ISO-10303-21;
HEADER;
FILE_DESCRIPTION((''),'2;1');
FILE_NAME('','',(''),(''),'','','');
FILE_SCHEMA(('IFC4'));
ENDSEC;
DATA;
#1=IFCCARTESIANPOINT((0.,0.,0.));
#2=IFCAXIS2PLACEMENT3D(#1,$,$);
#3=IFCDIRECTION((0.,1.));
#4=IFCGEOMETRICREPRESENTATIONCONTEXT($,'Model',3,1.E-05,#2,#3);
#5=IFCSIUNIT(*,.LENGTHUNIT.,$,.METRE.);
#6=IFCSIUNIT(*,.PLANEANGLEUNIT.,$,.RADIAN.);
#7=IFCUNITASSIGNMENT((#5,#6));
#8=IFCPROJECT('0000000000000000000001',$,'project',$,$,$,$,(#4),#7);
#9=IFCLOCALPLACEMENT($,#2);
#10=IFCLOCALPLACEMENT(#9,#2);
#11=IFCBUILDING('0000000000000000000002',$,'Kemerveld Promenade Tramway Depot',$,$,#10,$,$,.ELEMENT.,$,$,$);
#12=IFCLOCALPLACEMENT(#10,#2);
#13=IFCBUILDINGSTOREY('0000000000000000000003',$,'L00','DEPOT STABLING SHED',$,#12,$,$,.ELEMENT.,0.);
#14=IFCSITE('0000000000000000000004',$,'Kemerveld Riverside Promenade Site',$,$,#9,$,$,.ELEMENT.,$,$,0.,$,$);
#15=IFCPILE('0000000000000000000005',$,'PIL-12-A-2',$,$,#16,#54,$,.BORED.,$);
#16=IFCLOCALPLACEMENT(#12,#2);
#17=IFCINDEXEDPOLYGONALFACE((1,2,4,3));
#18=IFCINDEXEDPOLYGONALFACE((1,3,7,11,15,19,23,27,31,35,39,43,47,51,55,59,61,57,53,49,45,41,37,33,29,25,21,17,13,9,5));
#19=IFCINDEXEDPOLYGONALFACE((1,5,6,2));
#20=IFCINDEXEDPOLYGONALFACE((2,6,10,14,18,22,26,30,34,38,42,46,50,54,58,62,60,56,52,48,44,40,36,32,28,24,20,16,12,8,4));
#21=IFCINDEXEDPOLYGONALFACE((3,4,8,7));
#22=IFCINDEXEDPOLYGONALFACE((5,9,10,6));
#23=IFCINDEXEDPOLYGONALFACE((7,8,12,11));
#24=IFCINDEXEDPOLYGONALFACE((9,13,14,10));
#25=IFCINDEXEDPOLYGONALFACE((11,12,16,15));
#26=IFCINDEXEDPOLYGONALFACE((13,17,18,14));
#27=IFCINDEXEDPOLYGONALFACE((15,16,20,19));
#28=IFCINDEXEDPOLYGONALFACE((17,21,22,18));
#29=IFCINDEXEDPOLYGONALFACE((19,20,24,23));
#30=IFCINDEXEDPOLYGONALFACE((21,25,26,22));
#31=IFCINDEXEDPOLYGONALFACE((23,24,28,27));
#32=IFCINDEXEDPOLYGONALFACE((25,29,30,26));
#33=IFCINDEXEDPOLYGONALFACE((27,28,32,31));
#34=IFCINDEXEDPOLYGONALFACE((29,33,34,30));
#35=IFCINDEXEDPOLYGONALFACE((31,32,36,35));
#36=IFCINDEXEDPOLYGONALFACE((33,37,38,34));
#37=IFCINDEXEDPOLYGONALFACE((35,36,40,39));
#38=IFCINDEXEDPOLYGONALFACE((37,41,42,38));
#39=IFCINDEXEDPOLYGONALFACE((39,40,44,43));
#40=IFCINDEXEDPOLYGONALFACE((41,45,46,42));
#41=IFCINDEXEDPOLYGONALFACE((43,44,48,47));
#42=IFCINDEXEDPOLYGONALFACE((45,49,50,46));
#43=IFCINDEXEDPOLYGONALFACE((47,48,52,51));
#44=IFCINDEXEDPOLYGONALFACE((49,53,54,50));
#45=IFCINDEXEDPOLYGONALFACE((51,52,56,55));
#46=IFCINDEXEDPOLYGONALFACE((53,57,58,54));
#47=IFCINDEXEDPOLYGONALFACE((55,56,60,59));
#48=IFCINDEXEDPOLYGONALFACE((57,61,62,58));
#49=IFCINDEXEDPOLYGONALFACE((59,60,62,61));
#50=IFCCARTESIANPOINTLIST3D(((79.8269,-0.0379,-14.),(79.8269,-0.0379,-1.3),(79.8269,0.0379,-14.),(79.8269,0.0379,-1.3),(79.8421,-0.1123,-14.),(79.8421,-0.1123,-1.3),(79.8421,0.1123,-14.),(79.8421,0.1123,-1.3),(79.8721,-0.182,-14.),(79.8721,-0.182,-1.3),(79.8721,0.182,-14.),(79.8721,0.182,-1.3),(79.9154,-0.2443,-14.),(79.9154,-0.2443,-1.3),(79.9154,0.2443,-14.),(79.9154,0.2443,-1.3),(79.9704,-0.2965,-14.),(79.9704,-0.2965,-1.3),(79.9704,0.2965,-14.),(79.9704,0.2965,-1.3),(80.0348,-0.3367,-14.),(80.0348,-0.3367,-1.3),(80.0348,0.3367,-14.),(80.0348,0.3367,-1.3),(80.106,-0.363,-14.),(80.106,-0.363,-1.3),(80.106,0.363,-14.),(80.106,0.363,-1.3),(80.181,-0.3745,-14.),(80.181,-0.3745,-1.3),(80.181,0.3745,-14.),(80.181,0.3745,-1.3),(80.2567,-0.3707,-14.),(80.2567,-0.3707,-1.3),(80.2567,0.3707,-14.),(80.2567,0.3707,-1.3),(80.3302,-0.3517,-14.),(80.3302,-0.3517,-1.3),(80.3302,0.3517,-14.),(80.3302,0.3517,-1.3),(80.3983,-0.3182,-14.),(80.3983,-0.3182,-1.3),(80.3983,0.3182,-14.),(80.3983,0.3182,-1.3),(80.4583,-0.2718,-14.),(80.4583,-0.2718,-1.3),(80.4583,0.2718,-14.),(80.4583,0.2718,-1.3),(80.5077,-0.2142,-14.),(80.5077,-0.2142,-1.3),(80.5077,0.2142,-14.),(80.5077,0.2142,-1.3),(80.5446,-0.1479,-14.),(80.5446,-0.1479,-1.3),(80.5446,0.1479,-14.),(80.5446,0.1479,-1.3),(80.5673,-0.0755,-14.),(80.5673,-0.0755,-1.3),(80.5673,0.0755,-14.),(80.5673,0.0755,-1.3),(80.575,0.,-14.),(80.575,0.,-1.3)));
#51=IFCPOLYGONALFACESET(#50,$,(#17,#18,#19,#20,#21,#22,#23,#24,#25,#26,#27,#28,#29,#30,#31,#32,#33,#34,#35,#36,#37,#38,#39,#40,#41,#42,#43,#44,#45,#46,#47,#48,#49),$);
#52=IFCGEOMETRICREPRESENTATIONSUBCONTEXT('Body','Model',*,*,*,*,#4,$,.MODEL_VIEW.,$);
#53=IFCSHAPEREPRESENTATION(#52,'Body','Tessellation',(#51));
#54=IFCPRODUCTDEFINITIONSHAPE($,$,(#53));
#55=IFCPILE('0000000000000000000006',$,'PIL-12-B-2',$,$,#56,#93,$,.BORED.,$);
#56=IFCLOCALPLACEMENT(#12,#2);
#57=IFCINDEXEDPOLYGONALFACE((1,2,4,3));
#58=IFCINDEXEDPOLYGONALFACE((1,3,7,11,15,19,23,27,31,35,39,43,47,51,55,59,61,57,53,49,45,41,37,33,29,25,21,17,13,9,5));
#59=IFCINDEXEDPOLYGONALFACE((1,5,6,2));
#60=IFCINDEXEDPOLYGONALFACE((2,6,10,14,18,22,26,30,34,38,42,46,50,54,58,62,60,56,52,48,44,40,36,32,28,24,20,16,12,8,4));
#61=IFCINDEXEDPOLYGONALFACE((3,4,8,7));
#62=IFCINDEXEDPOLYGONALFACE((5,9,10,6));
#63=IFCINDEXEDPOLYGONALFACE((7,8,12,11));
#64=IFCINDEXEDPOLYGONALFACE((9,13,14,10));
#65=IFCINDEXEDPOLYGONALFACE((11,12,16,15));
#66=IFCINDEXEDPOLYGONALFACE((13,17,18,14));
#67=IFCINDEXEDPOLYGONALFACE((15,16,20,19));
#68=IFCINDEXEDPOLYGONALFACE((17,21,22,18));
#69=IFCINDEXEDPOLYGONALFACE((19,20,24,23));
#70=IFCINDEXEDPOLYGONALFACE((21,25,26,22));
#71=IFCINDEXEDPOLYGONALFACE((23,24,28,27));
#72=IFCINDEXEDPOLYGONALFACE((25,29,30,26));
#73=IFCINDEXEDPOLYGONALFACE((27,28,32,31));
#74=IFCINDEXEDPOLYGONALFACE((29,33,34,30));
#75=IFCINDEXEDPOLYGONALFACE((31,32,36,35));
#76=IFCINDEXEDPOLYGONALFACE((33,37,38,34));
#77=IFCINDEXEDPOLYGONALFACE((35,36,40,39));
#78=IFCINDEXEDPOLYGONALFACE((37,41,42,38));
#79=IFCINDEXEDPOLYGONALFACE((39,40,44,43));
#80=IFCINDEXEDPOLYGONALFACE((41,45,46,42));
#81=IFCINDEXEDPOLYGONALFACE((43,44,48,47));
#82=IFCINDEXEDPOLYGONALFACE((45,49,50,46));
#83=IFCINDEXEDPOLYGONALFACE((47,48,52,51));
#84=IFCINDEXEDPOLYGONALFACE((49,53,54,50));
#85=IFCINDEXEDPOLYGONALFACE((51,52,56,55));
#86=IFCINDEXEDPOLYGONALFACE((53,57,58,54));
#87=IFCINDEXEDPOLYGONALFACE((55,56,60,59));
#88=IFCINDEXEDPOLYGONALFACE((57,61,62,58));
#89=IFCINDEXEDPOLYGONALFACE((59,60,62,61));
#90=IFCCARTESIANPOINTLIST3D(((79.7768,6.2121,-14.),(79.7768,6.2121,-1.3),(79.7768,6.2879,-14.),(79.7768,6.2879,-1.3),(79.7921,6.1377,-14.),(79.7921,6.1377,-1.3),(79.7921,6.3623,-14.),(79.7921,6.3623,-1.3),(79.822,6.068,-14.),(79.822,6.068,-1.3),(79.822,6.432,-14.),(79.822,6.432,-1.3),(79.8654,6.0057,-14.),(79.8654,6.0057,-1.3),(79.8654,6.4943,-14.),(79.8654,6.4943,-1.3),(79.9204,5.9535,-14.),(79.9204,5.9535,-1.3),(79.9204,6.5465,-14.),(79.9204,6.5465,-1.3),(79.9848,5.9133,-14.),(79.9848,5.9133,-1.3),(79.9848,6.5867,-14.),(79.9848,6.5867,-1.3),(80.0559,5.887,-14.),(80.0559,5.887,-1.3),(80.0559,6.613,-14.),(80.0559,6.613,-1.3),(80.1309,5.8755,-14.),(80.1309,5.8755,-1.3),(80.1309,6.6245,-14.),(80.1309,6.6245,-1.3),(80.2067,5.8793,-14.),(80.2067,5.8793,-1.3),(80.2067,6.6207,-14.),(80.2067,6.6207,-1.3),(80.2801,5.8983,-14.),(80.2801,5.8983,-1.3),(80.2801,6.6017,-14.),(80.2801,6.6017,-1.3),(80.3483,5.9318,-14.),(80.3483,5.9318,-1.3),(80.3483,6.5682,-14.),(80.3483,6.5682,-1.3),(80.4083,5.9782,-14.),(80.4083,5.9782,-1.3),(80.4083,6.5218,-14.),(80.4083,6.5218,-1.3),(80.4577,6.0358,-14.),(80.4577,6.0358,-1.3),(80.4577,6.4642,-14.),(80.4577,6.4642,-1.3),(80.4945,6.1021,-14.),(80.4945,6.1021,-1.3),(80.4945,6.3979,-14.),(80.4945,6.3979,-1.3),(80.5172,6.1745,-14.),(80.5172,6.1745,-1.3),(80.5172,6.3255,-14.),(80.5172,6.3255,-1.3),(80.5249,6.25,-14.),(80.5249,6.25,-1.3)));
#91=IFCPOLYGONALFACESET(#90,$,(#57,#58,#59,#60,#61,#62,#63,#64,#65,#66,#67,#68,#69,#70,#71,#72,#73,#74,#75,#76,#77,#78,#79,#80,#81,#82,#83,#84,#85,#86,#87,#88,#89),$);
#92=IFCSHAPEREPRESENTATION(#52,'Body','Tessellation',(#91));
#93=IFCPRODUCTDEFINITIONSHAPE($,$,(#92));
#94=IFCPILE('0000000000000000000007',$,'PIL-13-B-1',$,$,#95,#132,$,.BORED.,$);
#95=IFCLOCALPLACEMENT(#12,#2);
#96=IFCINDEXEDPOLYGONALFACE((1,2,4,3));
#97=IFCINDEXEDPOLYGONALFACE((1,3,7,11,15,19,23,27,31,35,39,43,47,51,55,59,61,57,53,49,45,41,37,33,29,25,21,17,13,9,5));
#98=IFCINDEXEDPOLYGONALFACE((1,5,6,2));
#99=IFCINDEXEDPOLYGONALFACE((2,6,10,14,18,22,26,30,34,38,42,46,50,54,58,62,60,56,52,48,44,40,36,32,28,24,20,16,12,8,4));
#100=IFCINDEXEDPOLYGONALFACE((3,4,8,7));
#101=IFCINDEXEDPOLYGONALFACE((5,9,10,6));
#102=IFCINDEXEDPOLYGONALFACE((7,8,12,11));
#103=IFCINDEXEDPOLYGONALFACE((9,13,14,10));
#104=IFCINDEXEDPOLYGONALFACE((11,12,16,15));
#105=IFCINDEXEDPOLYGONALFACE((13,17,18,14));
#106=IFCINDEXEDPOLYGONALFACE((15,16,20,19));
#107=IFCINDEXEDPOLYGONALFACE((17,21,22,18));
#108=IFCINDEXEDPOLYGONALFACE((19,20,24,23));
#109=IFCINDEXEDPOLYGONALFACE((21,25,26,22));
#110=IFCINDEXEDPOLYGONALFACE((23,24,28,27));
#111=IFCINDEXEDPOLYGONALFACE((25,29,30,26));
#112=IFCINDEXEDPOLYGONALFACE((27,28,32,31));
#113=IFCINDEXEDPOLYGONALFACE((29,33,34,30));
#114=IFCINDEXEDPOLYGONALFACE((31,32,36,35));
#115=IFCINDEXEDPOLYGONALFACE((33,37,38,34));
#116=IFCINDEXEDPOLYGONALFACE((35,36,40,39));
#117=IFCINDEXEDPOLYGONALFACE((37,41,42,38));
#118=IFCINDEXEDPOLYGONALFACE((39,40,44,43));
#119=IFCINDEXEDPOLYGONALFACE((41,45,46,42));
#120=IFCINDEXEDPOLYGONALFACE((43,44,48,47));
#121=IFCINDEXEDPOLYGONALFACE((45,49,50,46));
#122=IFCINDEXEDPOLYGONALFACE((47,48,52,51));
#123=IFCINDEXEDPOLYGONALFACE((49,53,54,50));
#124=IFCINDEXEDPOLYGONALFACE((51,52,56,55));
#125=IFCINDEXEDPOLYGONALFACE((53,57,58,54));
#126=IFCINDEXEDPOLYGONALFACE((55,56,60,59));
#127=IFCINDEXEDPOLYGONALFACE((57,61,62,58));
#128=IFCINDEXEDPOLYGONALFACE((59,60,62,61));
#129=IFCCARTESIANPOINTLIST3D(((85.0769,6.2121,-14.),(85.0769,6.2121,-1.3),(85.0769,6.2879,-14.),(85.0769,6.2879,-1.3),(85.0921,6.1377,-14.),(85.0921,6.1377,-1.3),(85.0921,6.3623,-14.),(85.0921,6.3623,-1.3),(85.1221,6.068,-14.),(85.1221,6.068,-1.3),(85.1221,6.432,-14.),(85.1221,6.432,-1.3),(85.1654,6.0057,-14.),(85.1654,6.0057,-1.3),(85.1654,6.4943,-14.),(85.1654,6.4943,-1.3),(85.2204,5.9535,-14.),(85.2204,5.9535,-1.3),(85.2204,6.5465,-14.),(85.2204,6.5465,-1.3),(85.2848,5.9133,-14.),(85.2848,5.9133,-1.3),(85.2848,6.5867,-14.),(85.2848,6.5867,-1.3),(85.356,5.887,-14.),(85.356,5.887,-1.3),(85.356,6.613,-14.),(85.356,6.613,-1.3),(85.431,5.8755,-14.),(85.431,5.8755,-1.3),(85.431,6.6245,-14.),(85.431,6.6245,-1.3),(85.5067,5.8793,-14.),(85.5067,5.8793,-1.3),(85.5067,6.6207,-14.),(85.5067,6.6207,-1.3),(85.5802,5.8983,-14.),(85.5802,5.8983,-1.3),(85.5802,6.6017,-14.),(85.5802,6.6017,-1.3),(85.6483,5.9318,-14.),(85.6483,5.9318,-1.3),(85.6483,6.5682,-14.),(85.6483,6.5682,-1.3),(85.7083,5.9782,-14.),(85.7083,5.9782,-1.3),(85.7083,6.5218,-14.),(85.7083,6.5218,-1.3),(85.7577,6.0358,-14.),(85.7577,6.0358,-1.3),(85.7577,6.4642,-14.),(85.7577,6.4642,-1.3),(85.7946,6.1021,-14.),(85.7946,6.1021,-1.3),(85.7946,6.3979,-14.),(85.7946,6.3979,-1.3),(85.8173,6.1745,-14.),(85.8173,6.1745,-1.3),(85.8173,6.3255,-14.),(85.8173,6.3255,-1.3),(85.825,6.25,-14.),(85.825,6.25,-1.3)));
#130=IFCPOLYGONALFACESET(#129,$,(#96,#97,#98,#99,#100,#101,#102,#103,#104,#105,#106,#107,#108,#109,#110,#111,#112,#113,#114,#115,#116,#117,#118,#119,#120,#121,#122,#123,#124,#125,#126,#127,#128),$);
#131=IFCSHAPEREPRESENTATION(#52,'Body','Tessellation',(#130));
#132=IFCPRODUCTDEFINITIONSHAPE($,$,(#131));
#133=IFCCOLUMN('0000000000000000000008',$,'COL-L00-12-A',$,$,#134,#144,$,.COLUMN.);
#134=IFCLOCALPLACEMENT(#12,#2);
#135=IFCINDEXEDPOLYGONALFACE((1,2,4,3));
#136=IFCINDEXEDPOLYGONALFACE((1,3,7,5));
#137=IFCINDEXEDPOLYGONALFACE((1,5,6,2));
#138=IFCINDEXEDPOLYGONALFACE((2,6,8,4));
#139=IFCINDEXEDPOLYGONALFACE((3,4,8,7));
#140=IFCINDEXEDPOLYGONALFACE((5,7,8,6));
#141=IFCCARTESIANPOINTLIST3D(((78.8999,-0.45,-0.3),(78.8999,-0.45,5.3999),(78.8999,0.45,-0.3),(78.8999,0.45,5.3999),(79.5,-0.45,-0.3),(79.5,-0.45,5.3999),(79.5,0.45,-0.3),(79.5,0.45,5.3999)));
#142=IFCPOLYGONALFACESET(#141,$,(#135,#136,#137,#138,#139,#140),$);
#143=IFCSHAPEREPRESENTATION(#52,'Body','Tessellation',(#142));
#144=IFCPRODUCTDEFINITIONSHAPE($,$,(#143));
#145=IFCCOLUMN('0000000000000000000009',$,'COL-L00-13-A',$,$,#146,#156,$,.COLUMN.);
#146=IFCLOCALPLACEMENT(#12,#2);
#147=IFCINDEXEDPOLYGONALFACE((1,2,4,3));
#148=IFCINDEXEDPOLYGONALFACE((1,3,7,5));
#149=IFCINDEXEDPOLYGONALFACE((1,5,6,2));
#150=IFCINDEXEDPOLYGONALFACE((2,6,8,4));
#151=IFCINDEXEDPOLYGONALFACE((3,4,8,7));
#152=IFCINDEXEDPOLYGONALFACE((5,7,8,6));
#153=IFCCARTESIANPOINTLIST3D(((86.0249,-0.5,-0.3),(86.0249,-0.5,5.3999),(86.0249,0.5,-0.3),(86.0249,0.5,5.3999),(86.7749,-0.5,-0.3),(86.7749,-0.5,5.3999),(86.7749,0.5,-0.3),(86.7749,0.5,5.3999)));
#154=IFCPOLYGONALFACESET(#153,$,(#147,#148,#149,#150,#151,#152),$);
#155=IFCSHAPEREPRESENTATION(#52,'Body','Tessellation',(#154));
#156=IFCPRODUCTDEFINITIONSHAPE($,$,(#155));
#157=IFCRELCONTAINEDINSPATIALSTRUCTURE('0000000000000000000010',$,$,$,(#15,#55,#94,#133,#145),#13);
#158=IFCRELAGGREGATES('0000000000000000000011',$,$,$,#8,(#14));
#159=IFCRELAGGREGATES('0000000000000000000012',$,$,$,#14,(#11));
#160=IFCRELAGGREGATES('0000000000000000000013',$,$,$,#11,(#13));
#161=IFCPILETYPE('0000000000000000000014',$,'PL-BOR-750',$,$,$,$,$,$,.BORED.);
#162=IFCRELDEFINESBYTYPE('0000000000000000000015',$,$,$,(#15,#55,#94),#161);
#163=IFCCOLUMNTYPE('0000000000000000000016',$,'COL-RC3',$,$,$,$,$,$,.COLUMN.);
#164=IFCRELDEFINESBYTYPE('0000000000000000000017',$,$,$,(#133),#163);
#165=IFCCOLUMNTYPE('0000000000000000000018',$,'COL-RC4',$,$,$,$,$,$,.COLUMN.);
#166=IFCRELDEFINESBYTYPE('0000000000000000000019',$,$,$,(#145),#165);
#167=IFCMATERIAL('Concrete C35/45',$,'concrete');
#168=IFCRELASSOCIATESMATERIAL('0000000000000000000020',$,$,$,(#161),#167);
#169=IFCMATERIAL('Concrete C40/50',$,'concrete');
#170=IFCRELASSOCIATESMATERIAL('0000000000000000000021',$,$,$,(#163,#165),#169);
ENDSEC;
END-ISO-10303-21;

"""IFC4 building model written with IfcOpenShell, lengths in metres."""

from ifc_helpers import new_model, si_unit, direction, frame, origin, origin_2d, place, context, subcontext, project, spatial, rectangle, circle, extrude, material, material_profile, profile_set, type_object, element, save


model = new_model("IFC4")

# Units and contexts
model_context = context("Model", 3, precision=1e-05, world=origin(), true_north=direction((0.0, 1.0)))
body_context = subcontext(model_context, "Body", "Model", "MODEL_VIEW")
ifc_project = project(units=[si_unit("LENGTHUNIT", "METRE"), si_unit("PLANEANGLEUNIT", "RADIAN")], contexts=[model_context])

# Site, building, storey
site_placement = place(None, origin())
site = spatial("IfcSite", under=ifc_project, at=site_placement, Name="Kemerveld Riverside Promenade Site", CompositionType="ELEMENT", RefElevation=0.0)
building_placement = place(site_placement, origin())
building = spatial("IfcBuilding", under=site, at=building_placement, Name="Kemerveld Promenade Tramway Depot", CompositionType="ELEMENT")
storey_placement = place(building_placement, origin())
storey = spatial("IfcBuildingStorey", under=building, at=storey_placement, Name="L00", Description="DEPOT STABLING SHED", CompositionType="ELEMENT", Elevation=0.0)

# Shared definitions
ifc_material_1 = material(Name="Concrete C35/45", Category="concrete")

# Piles
ifc_material_profile_1 = material_profile(ifc_material_1, circle(Radius=0.375, at=origin_2d()), Name="PILE-D750")
ifc_profile_set_1 = profile_set([ifc_material_profile_1], Name="Concrete C35/45")
pile_type_1 = type_object("IfcPileType", Name="PL-BOR-750", PredefinedType="BORED", material=ifc_profile_set_1)
for number, where, z_axis, x_axis, name in (
    (1, (80.2, 0.0, -1.3), (0.0, 0.0, -1.0), (1.0, 0.0, 0.0), "PIL-12-A-2"),
    (2, (80.1499, 6.25, -1.3), (0.0, 0.0, -1.0), (1.0, 0.0, 0.0), "PIL-12-B-2"),
    (3, (85.45, 6.25, -1.3), (0.0, 0.0, -1.0), (1.0, 0.0, 0.0), "PIL-13-B-1"),
):
    element("IfcPile", number, at=place(storey_placement, frame(where, z_axis=z_axis, x_axis=x_axis)), inside=storey, type_object=pile_type_1, Name=name, PredefinedType="BORED", context=body_context, shape_type="SweptSolid", body=[
        extrude(circle(Radius=0.375, at=origin_2d()), origin(), (0.0, 0.0, 1.0), 12.7),
    ])

# Columns
ifc_material_2 = material(Name="Concrete C40/50", Category="concrete")
ifc_material_profile_2 = material_profile(ifc_material_2, rectangle(XDim=0.6001, YDim=0.8999, at=origin_2d()), Name="RC-PIER-900x600")
ifc_profile_set_2 = profile_set([ifc_material_profile_2], Name="Concrete C40/50")
column_type_1 = type_object("IfcColumnType", Name="COL-RC3", PredefinedType="COLUMN", material=ifc_profile_set_2)
column_1_placement = place(storey_placement, frame((79.2, 0.0, -0.3), z_axis=(0.0, 0.0, 1.0), x_axis=(1.0, 0.0, 0.0)))
element("IfcColumn", 4, at=column_1_placement, inside=storey, type_object=column_type_1, Name="COL-L00-12-A", PredefinedType="COLUMN", context=body_context, shape_type="SweptSolid", body=[
    extrude(rectangle(XDim=0.6001, YDim=0.8999, at=origin_2d()), origin(), (0.0, 0.0, 1.0), 5.7),
])
ifc_material_profile_3 = material_profile(ifc_material_2, rectangle(XDim=0.75, YDim=1.0, at=origin_2d()), Name="RC-PIER-1000x750")
ifc_profile_set_3 = profile_set([ifc_material_profile_3], Name="Concrete C40/50")
column_type_2 = type_object("IfcColumnType", Name="COL-RC4", PredefinedType="COLUMN", material=ifc_profile_set_3)
column_2_placement = place(storey_placement, frame((86.3999, 0.0, -0.3), z_axis=(0.0, 0.0, 1.0), x_axis=(1.0, 0.0, 0.0)))
element("IfcColumn", 5, at=column_2_placement, inside=storey, type_object=column_type_2, Name="COL-L00-13-A", PredefinedType="COLUMN", context=body_context, shape_type="SweptSolid", body=[
    extrude(rectangle(XDim=0.75, YDim=1.0, at=origin_2d()), origin(), (0.0, 0.0, 1.0), 5.7),
])

save(model, "model.ifc")
